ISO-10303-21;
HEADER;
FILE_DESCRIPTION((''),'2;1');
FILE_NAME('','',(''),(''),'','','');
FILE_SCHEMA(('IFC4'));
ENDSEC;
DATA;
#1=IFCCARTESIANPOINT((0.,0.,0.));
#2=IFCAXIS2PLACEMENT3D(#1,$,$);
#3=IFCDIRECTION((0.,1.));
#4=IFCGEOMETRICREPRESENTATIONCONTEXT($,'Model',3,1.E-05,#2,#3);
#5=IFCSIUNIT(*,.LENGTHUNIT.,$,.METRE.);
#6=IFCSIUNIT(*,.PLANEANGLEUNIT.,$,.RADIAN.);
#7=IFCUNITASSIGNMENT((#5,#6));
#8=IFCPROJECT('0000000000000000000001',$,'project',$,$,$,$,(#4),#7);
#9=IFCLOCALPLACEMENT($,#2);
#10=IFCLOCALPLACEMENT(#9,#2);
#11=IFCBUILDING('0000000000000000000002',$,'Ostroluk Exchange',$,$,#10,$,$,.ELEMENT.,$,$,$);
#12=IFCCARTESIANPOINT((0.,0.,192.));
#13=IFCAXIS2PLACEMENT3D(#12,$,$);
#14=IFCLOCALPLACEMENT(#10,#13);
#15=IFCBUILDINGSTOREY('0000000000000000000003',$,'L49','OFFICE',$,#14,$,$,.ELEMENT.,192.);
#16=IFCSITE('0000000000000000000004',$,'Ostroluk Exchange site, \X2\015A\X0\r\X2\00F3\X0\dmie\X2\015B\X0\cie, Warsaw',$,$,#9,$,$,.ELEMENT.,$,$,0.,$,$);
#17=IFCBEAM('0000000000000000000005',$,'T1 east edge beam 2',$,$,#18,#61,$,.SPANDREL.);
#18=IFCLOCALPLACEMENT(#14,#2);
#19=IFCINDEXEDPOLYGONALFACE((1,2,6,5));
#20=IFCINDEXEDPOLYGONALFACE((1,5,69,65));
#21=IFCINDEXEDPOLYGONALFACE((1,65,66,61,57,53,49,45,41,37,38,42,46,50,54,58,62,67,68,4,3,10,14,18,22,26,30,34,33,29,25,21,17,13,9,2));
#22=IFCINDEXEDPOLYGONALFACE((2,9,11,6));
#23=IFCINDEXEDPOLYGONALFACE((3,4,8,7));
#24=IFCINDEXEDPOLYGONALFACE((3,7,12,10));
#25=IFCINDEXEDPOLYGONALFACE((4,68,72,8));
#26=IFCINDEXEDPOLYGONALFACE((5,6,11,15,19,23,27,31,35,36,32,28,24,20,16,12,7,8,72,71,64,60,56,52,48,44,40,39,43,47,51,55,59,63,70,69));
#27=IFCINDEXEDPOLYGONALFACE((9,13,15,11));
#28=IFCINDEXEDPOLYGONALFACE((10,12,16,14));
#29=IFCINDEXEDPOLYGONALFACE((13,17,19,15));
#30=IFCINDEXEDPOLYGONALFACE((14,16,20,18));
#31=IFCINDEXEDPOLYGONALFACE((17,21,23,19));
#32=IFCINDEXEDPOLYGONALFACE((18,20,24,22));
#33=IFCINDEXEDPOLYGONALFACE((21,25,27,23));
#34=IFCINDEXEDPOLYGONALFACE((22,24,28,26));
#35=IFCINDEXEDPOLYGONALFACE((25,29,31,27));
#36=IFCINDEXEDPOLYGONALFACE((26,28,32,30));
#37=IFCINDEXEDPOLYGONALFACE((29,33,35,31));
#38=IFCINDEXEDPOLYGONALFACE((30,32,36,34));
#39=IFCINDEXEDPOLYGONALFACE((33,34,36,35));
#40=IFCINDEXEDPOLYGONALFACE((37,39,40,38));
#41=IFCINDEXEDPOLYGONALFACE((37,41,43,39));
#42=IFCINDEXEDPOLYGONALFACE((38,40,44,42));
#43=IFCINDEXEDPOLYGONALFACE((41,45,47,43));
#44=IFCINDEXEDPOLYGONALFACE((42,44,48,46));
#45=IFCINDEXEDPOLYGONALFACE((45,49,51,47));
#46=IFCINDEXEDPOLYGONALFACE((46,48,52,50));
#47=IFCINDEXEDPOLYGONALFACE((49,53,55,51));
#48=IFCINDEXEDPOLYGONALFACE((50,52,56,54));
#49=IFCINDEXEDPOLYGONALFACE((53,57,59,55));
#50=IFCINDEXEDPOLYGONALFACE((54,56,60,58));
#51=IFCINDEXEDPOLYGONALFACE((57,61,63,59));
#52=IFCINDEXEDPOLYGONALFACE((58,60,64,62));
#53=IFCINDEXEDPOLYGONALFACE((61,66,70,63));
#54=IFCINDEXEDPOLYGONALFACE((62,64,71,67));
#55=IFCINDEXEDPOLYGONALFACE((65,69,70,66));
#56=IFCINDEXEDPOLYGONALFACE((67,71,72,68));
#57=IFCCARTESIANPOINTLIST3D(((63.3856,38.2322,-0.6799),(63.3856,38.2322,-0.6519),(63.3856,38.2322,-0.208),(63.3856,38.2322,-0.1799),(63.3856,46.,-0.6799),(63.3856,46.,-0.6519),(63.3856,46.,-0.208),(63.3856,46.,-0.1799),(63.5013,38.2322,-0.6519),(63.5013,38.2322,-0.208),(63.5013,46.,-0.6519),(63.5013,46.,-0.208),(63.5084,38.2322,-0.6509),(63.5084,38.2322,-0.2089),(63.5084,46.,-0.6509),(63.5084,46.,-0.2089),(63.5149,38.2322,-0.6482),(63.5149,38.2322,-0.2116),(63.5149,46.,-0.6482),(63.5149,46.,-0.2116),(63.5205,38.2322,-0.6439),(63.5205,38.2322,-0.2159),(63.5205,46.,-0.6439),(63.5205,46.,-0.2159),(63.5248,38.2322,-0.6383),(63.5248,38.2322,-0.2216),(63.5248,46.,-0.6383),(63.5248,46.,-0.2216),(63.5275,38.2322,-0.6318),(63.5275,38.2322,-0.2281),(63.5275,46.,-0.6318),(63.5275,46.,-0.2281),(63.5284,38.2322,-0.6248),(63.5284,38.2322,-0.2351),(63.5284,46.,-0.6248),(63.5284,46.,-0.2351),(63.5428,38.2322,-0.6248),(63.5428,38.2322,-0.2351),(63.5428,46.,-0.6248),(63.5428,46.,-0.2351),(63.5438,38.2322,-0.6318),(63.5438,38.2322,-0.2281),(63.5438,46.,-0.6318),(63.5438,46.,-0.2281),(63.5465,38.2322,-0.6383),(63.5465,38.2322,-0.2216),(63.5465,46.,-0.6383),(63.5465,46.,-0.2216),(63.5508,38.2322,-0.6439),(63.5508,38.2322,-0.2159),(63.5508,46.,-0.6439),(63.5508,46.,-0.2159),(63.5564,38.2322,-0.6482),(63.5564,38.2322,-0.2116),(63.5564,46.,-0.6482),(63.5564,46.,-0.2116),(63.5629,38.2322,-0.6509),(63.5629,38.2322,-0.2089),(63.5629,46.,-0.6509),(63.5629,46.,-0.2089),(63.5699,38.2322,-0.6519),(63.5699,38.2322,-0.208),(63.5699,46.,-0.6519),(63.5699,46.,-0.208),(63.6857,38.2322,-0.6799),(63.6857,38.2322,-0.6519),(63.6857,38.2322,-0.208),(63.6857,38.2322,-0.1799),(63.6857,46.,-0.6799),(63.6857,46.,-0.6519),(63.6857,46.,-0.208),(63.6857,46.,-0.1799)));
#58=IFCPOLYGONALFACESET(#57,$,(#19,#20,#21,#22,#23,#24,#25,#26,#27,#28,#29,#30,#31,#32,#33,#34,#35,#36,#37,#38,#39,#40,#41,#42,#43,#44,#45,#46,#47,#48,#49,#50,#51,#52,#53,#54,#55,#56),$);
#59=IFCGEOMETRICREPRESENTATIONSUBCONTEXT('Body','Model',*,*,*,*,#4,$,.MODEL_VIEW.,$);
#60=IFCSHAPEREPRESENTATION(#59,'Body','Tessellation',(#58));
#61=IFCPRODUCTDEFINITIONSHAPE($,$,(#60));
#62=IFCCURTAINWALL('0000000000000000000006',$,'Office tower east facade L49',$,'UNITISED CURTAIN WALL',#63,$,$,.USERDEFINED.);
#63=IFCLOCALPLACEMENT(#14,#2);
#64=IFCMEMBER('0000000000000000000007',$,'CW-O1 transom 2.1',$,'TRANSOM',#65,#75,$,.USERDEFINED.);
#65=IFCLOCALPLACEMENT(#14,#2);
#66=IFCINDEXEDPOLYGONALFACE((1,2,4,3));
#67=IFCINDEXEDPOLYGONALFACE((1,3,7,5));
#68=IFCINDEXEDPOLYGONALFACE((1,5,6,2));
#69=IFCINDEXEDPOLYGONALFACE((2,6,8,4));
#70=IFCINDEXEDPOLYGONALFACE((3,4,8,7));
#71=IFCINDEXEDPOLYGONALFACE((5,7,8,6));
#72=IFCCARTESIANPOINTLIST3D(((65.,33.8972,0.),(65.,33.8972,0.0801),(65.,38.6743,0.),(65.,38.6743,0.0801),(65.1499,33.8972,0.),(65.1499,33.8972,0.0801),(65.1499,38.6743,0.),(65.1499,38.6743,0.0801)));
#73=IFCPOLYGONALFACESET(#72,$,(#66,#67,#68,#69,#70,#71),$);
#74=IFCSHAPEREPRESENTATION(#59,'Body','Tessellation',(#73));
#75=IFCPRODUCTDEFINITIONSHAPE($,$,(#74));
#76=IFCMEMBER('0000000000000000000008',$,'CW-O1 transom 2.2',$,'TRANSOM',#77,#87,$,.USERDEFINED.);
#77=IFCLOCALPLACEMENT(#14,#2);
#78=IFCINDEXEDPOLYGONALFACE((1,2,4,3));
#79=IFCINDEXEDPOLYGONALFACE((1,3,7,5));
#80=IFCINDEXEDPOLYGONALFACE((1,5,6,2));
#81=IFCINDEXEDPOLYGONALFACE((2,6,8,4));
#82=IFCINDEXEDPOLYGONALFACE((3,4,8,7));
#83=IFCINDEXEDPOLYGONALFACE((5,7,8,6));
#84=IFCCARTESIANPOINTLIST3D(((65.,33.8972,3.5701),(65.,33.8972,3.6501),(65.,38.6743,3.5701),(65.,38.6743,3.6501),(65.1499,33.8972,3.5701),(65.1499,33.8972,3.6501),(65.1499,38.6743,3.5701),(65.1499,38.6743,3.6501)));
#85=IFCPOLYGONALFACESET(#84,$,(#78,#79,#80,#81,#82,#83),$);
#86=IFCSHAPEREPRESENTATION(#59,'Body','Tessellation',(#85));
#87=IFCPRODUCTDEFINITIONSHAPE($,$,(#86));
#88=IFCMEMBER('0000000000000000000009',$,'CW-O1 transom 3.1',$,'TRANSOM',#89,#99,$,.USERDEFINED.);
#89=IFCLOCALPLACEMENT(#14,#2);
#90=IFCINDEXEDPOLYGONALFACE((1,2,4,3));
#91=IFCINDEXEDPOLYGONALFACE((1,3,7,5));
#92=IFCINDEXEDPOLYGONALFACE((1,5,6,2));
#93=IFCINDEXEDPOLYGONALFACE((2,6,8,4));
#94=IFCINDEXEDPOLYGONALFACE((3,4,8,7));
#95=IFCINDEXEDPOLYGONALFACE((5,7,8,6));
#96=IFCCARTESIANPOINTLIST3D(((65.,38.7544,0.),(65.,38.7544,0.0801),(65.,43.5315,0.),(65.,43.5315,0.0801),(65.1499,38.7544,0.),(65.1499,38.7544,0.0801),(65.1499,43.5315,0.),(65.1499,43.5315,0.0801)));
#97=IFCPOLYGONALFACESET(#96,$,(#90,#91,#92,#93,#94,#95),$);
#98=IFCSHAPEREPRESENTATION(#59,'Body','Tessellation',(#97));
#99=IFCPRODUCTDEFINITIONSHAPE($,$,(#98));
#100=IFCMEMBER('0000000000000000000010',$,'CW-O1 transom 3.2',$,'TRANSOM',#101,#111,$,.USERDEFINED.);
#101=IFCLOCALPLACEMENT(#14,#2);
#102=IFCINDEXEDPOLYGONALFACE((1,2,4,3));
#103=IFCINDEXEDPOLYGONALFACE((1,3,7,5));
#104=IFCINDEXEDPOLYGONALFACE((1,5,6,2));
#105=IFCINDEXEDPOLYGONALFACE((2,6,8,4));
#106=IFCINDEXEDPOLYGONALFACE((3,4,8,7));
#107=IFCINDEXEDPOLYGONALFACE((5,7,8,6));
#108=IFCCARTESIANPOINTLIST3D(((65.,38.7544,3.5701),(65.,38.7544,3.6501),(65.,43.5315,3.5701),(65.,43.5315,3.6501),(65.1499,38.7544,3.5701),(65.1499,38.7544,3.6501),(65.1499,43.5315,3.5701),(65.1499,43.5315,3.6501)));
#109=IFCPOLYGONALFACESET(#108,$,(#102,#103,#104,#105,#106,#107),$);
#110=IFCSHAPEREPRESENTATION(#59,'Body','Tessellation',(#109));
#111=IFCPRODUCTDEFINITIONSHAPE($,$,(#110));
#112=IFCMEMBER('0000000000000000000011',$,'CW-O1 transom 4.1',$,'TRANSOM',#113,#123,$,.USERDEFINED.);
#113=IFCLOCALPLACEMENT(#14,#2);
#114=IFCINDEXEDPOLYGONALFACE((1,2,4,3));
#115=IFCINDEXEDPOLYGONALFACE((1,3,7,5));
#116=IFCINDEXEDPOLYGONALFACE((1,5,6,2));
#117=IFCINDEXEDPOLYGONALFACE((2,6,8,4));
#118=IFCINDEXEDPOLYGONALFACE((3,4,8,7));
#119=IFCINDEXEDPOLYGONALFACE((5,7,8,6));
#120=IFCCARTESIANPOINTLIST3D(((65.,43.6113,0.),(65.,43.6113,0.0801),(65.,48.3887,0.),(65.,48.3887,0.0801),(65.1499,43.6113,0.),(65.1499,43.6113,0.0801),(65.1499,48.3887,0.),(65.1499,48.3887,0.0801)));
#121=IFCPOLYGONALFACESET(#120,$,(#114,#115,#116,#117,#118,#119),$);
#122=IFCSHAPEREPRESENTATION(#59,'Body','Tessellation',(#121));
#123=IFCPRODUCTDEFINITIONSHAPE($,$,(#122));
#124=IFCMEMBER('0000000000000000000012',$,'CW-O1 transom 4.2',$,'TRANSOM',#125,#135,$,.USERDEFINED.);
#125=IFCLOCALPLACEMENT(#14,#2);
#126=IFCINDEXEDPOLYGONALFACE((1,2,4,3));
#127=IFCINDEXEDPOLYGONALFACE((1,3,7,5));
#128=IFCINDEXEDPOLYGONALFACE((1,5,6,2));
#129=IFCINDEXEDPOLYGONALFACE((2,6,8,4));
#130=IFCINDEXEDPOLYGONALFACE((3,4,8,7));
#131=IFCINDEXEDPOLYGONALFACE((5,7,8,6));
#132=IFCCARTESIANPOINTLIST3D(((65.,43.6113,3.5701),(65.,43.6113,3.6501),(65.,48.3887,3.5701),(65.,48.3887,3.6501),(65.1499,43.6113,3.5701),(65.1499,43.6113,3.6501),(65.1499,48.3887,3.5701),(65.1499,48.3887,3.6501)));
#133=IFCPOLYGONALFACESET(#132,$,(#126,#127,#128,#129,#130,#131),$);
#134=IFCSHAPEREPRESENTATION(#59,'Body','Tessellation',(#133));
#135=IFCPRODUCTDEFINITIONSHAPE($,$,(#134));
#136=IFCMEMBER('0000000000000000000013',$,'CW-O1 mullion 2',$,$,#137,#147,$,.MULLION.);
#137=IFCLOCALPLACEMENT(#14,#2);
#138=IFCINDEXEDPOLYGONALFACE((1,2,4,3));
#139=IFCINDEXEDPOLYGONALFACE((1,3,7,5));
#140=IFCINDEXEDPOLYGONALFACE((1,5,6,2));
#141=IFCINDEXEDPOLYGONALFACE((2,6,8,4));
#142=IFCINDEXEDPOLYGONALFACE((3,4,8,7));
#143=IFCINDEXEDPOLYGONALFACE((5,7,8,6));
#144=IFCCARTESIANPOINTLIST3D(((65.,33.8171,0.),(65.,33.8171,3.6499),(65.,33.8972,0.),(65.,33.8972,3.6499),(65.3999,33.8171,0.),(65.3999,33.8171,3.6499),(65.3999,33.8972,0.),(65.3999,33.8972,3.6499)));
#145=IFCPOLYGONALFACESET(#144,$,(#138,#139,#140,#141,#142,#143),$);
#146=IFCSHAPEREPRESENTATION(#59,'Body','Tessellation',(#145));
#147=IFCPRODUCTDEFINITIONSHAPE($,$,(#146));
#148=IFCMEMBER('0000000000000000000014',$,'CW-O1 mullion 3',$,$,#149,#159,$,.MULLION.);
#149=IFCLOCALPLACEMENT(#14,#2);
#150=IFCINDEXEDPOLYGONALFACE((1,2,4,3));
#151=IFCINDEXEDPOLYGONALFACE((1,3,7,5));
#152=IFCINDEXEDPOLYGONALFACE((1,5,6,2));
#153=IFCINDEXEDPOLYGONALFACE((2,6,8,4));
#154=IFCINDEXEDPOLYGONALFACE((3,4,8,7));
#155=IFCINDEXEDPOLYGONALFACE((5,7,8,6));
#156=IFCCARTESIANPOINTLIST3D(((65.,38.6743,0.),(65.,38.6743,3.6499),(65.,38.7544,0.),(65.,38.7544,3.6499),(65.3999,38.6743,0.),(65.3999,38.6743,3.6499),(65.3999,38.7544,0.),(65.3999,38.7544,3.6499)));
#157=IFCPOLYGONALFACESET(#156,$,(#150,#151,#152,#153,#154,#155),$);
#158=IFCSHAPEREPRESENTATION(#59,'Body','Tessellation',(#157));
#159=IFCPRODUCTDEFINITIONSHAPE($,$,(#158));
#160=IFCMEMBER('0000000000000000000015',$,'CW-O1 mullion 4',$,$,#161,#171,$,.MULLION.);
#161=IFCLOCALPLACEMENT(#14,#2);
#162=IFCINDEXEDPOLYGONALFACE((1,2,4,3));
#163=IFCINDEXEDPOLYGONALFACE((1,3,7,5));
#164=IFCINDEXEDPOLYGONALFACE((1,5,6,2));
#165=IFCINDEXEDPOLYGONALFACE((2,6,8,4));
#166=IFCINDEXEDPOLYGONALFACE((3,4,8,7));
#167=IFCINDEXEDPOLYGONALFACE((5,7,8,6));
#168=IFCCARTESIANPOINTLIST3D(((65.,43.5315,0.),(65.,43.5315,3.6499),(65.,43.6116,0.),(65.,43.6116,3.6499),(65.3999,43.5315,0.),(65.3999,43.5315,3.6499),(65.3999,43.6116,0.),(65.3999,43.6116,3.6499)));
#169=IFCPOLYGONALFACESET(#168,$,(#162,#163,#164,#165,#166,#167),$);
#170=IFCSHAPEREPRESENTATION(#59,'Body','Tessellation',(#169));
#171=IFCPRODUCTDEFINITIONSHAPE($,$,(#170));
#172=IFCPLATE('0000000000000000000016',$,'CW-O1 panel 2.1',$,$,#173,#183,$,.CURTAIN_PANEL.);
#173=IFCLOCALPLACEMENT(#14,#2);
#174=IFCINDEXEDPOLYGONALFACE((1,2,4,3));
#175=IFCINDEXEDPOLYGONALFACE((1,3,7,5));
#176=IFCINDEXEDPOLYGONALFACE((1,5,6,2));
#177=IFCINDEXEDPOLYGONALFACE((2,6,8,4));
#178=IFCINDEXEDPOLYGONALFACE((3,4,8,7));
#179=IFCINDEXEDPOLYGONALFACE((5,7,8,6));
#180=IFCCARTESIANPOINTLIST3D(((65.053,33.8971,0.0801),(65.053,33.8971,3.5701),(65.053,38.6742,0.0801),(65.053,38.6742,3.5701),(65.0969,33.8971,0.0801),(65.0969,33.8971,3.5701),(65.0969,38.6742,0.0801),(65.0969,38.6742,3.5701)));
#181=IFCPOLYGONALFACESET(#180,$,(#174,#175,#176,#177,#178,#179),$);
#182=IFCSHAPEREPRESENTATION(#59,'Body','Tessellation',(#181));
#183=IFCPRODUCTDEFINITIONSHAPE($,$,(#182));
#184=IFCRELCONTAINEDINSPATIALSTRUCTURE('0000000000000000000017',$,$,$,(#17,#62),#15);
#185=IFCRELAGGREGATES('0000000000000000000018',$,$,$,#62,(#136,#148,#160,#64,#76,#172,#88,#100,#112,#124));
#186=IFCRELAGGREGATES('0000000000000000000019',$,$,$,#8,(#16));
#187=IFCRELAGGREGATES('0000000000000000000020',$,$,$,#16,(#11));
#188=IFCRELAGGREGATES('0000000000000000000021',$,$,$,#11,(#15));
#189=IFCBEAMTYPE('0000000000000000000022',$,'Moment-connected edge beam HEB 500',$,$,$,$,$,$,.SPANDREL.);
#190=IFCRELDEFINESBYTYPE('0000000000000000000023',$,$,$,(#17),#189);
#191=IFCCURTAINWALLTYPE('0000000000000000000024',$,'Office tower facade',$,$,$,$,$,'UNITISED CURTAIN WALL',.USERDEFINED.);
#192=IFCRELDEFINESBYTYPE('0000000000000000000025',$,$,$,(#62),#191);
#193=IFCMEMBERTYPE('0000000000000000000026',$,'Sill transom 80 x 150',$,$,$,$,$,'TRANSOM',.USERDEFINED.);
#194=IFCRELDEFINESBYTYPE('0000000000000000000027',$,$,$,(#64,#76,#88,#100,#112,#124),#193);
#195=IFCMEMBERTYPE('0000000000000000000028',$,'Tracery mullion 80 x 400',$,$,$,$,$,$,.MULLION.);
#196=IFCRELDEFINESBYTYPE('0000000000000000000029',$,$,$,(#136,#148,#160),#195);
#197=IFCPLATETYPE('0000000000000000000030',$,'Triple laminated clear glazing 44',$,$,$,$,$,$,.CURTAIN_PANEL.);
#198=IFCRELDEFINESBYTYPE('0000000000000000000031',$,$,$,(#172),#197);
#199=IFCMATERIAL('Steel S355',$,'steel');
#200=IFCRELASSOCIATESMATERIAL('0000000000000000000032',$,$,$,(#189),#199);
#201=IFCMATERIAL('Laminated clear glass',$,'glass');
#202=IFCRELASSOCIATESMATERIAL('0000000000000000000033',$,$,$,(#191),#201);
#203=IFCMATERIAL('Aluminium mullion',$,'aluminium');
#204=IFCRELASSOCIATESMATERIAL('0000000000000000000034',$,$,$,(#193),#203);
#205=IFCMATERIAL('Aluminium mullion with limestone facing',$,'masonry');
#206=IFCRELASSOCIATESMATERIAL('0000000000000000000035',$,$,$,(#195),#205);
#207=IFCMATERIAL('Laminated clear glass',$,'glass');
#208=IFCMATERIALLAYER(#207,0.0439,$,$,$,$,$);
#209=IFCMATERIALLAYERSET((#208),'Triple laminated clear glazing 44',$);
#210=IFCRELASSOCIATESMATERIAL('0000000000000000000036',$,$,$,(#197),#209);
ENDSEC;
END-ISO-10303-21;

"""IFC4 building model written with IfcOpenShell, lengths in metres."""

from ifc_helpers import new_model, si_unit, direction, frame, origin, origin_2d, place, context, subcontext, project, spatial, rectangle, i_section, extrude, material, layer, layer_set, material_profile, profile_set, type_object, element, aggregate, save


model = new_model("IFC4")

# Units and contexts
model_context = context("Model", 3, precision=1e-05, world=origin(), true_north=direction((0.0, 1.0)))
body_context = subcontext(model_context, "Body", "Model", "MODEL_VIEW")
ifc_project = project(units=[si_unit("LENGTHUNIT", "METRE"), si_unit("PLANEANGLEUNIT", "RADIAN")], contexts=[model_context])

# Site, building, storey
site_placement = place(None, origin())
site = spatial("IfcSite", under=ifc_project, at=site_placement, Name="Ostroluk Exchange site, Śródmieście, Warsaw", CompositionType="ELEMENT", RefElevation=0.0)
building_placement = place(site_placement, origin())
building = spatial("IfcBuilding", under=site, at=building_placement, Name="Ostroluk Exchange", CompositionType="ELEMENT")
storey_placement = place(building_placement, frame((0.0, 0.0, 192.0)))
storey = spatial("IfcBuildingStorey", under=building, at=storey_placement, Name="L49", Description="OFFICE", CompositionType="ELEMENT", Elevation=192.0)

# Beam
ifc_material_1 = material(Name="Steel S355", Category="steel")
ifc_material_profile_1 = material_profile(ifc_material_1, i_section(OverallWidth=0.3, OverallDepth=0.5, WebThickness=0.0144, FlangeThickness=0.0281, FilletRadius=0.0271, at=origin_2d()), Name="HEB 500")
ifc_profile_set_1 = profile_set([ifc_material_profile_1], Name="Steel S355")
beam_type_1 = type_object("IfcBeamType", Name="Moment-connected edge beam HEB 500", PredefinedType="SPANDREL", material=ifc_profile_set_1)
beam_1_placement = place(storey_placement, frame((63.5356, 38.2322, -0.4299), z_axis=(0.0, 1.0, 0.0), x_axis=(-1.0, 0.0, 0.0)))
element("IfcBeam", 1, at=beam_1_placement, inside=storey, type_object=beam_type_1, Name="T1 east edge beam 2", PredefinedType="SPANDREL", context=body_context, shape_type="SweptSolid", body=[
    extrude(i_section(OverallWidth=0.3, OverallDepth=0.5, WebThickness=0.0144, FlangeThickness=0.0281, FilletRadius=0.0271, at=origin_2d()), origin(), (0.0, 0.0, 1.0), 7.7678),
])

# Curtain wall, members, plate
ifc_material_2 = material(Name="Laminated clear glass", Category="glass")
curtain_wall_type = type_object("IfcCurtainWallType", Name="Office tower facade", ElementType="UNITISED CURTAIN WALL", PredefinedType="USERDEFINED", material=ifc_material_2)
curtain_wall_placement = place(storey_placement, origin())
curtain_wall = element("IfcCurtainWall", 2, at=curtain_wall_placement, inside=storey, type_object=curtain_wall_type, Name="Office tower east facade L49", ObjectType="UNITISED CURTAIN WALL", PredefinedType="USERDEFINED")
ifc_material_3 = material(Name="Aluminium mullion", Category="aluminium")
ifc_material_profile_2 = material_profile(ifc_material_3, rectangle(XDim=0.1499, YDim=0.0801, at=origin_2d()), Name="Sill transom 80 x 150")
ifc_profile_set_2 = profile_set([ifc_material_profile_2], Name="Aluminium mullion")
member_type_1 = type_object("IfcMemberType", Name="Sill transom 80 x 150", ElementType="TRANSOM", PredefinedType="USERDEFINED", material=ifc_profile_set_2)
member_1_placement = place(storey_placement, frame((65.075, 33.8972, 0.04), z_axis=(0.0, 1.0, 0.0), x_axis=(-1.0, 0.0, 0.0)))
member_1 = element("IfcMember", 3, at=member_1_placement, type_object=member_type_1, Name="CW-O1 transom 2.1", ObjectType="TRANSOM", PredefinedType="USERDEFINED", context=body_context, shape_type="SweptSolid", body=[
    extrude(rectangle(XDim=0.1499, YDim=0.0801, at=origin_2d()), origin(), (0.0, 0.0, 1.0), 4.7771),
])
member_2_placement = place(storey_placement, frame((65.075, 33.8972, 3.6101), z_axis=(0.0, 1.0, 0.0), x_axis=(-1.0, 0.0, 0.0)))
member_2 = element("IfcMember", 4, at=member_2_placement, type_object=member_type_1, Name="CW-O1 transom 2.2", ObjectType="TRANSOM", PredefinedType="USERDEFINED", context=body_context, shape_type="SweptSolid", body=[
    extrude(rectangle(XDim=0.1499, YDim=0.0801, at=origin_2d()), origin(), (0.0, 0.0, 1.0), 4.7771),
])
member_3_placement = place(storey_placement, frame((65.075, 38.7544, 0.04), z_axis=(0.0, 1.0, 0.0), x_axis=(-1.0, 0.0, 0.0)))
member_3 = element("IfcMember", 5, at=member_3_placement, type_object=member_type_1, Name="CW-O1 transom 3.1", ObjectType="TRANSOM", PredefinedType="USERDEFINED", context=body_context, shape_type="SweptSolid", body=[
    extrude(rectangle(XDim=0.1499, YDim=0.0801, at=origin_2d()), origin(), (0.0, 0.0, 1.0), 4.7771),
])
member_4_placement = place(storey_placement, frame((65.075, 38.7544, 3.6101), z_axis=(0.0, 1.0, 0.0), x_axis=(-1.0, 0.0, 0.0)))
member_4 = element("IfcMember", 6, at=member_4_placement, type_object=member_type_1, Name="CW-O1 transom 3.2", ObjectType="TRANSOM", PredefinedType="USERDEFINED", context=body_context, shape_type="SweptSolid", body=[
    extrude(rectangle(XDim=0.1499, YDim=0.0801, at=origin_2d()), origin(), (0.0, 0.0, 1.0), 4.7771),
])
member_5_placement = place(storey_placement, frame((65.075, 43.6113, 0.04), z_axis=(0.0, 1.0, 0.0), x_axis=(-1.0, 0.0, 0.0)))
member_5 = element("IfcMember", 7, at=member_5_placement, type_object=member_type_1, Name="CW-O1 transom 4.1", ObjectType="TRANSOM", PredefinedType="USERDEFINED", context=body_context, shape_type="SweptSolid", body=[
    extrude(rectangle(XDim=0.1499, YDim=0.0801, at=origin_2d()), origin(), (0.0, 0.0, 1.0), 4.7773),
])
member_6_placement = place(storey_placement, frame((65.075, 43.6113, 3.6101), z_axis=(0.0, 1.0, 0.0), x_axis=(-1.0, 0.0, 0.0)))
member_6 = element("IfcMember", 8, at=member_6_placement, type_object=member_type_1, Name="CW-O1 transom 4.2", ObjectType="TRANSOM", PredefinedType="USERDEFINED", context=body_context, shape_type="SweptSolid", body=[
    extrude(rectangle(XDim=0.1499, YDim=0.0801, at=origin_2d()), origin(), (0.0, 0.0, 1.0), 4.7773),
])
ifc_material_4 = material(Name="Aluminium mullion with limestone facing", Category="masonry")
ifc_material_profile_3 = material_profile(ifc_material_4, rectangle(XDim=0.3999, YDim=0.0801, at=origin_2d()), Name="Tracery mullion 80 x 400")
ifc_profile_set_3 = profile_set([ifc_material_profile_3], Name="Aluminium mullion with limestone facing")
member_type_2 = type_object("IfcMemberType", Name="Tracery mullion 80 x 400", PredefinedType="MULLION", material=ifc_profile_set_3)
member_7_placement = place(storey_placement, frame((65.2, 33.8572, 0.0), z_axis=(0.0, 0.0, 1.0), x_axis=(-1.0, 0.0, 0.0)))
member_7 = element("IfcMember", 9, at=member_7_placement, type_object=member_type_2, Name="CW-O1 mullion 2", PredefinedType="MULLION", context=body_context, shape_type="SweptSolid", body=[
    extrude(rectangle(XDim=0.3999, YDim=0.0801, at=origin_2d()), origin(), (0.0, 0.0, 1.0), 3.6499),
])
member_8_placement = place(storey_placement, frame((65.2, 38.7144, 0.0), z_axis=(0.0, 0.0, 1.0), x_axis=(-1.0, 0.0, 0.0)))
member_8 = element("IfcMember", 10, at=member_8_placement, type_object=member_type_2, Name="CW-O1 mullion 3", PredefinedType="MULLION", context=body_context, shape_type="SweptSolid", body=[
    extrude(rectangle(XDim=0.3999, YDim=0.0801, at=origin_2d()), origin(), (0.0, 0.0, 1.0), 3.6499),
])
member_9_placement = place(storey_placement, frame((65.2, 43.5715, 0.0), z_axis=(0.0, 0.0, 1.0), x_axis=(-1.0, 0.0, 0.0)))
member_9 = element("IfcMember", 11, at=member_9_placement, type_object=member_type_2, Name="CW-O1 mullion 4", PredefinedType="MULLION", context=body_context, shape_type="SweptSolid", body=[
    extrude(rectangle(XDim=0.3999, YDim=0.0801, at=origin_2d()), origin(), (0.0, 0.0, 1.0), 3.6499),
])
ifc_material_5 = material(Name="Laminated clear glass", Category="glass")
ifc_layer_1 = layer(ifc_material_5, 0.0439)
ifc_layer_set_1 = layer_set([ifc_layer_1], Name="Triple laminated clear glazing 44")
plate_type = type_object("IfcPlateType", Name="Triple laminated clear glazing 44", PredefinedType="CURTAIN_PANEL", material=ifc_layer_set_1)
plate_1_placement = place(storey_placement, frame((65.075, 36.2856, 0.0801), z_axis=(0.0, 0.0, 1.0), x_axis=(0.0, 1.0, 0.0)))
plate_1 = element("IfcPlate", 12, at=plate_1_placement, type_object=plate_type, Name="CW-O1 panel 2.1", PredefinedType="CURTAIN_PANEL", context=body_context, shape_type="SweptSolid", body=[
    extrude(rectangle(XDim=4.7771, YDim=0.0439, at=origin_2d()), origin(), (0.0, 0.0, 1.0), 3.49),
])
aggregate(curtain_wall, [member_7, member_8, member_9, member_1, member_2, plate_1, member_3, member_4, member_5, member_6])

save(model, "model.ifc")
